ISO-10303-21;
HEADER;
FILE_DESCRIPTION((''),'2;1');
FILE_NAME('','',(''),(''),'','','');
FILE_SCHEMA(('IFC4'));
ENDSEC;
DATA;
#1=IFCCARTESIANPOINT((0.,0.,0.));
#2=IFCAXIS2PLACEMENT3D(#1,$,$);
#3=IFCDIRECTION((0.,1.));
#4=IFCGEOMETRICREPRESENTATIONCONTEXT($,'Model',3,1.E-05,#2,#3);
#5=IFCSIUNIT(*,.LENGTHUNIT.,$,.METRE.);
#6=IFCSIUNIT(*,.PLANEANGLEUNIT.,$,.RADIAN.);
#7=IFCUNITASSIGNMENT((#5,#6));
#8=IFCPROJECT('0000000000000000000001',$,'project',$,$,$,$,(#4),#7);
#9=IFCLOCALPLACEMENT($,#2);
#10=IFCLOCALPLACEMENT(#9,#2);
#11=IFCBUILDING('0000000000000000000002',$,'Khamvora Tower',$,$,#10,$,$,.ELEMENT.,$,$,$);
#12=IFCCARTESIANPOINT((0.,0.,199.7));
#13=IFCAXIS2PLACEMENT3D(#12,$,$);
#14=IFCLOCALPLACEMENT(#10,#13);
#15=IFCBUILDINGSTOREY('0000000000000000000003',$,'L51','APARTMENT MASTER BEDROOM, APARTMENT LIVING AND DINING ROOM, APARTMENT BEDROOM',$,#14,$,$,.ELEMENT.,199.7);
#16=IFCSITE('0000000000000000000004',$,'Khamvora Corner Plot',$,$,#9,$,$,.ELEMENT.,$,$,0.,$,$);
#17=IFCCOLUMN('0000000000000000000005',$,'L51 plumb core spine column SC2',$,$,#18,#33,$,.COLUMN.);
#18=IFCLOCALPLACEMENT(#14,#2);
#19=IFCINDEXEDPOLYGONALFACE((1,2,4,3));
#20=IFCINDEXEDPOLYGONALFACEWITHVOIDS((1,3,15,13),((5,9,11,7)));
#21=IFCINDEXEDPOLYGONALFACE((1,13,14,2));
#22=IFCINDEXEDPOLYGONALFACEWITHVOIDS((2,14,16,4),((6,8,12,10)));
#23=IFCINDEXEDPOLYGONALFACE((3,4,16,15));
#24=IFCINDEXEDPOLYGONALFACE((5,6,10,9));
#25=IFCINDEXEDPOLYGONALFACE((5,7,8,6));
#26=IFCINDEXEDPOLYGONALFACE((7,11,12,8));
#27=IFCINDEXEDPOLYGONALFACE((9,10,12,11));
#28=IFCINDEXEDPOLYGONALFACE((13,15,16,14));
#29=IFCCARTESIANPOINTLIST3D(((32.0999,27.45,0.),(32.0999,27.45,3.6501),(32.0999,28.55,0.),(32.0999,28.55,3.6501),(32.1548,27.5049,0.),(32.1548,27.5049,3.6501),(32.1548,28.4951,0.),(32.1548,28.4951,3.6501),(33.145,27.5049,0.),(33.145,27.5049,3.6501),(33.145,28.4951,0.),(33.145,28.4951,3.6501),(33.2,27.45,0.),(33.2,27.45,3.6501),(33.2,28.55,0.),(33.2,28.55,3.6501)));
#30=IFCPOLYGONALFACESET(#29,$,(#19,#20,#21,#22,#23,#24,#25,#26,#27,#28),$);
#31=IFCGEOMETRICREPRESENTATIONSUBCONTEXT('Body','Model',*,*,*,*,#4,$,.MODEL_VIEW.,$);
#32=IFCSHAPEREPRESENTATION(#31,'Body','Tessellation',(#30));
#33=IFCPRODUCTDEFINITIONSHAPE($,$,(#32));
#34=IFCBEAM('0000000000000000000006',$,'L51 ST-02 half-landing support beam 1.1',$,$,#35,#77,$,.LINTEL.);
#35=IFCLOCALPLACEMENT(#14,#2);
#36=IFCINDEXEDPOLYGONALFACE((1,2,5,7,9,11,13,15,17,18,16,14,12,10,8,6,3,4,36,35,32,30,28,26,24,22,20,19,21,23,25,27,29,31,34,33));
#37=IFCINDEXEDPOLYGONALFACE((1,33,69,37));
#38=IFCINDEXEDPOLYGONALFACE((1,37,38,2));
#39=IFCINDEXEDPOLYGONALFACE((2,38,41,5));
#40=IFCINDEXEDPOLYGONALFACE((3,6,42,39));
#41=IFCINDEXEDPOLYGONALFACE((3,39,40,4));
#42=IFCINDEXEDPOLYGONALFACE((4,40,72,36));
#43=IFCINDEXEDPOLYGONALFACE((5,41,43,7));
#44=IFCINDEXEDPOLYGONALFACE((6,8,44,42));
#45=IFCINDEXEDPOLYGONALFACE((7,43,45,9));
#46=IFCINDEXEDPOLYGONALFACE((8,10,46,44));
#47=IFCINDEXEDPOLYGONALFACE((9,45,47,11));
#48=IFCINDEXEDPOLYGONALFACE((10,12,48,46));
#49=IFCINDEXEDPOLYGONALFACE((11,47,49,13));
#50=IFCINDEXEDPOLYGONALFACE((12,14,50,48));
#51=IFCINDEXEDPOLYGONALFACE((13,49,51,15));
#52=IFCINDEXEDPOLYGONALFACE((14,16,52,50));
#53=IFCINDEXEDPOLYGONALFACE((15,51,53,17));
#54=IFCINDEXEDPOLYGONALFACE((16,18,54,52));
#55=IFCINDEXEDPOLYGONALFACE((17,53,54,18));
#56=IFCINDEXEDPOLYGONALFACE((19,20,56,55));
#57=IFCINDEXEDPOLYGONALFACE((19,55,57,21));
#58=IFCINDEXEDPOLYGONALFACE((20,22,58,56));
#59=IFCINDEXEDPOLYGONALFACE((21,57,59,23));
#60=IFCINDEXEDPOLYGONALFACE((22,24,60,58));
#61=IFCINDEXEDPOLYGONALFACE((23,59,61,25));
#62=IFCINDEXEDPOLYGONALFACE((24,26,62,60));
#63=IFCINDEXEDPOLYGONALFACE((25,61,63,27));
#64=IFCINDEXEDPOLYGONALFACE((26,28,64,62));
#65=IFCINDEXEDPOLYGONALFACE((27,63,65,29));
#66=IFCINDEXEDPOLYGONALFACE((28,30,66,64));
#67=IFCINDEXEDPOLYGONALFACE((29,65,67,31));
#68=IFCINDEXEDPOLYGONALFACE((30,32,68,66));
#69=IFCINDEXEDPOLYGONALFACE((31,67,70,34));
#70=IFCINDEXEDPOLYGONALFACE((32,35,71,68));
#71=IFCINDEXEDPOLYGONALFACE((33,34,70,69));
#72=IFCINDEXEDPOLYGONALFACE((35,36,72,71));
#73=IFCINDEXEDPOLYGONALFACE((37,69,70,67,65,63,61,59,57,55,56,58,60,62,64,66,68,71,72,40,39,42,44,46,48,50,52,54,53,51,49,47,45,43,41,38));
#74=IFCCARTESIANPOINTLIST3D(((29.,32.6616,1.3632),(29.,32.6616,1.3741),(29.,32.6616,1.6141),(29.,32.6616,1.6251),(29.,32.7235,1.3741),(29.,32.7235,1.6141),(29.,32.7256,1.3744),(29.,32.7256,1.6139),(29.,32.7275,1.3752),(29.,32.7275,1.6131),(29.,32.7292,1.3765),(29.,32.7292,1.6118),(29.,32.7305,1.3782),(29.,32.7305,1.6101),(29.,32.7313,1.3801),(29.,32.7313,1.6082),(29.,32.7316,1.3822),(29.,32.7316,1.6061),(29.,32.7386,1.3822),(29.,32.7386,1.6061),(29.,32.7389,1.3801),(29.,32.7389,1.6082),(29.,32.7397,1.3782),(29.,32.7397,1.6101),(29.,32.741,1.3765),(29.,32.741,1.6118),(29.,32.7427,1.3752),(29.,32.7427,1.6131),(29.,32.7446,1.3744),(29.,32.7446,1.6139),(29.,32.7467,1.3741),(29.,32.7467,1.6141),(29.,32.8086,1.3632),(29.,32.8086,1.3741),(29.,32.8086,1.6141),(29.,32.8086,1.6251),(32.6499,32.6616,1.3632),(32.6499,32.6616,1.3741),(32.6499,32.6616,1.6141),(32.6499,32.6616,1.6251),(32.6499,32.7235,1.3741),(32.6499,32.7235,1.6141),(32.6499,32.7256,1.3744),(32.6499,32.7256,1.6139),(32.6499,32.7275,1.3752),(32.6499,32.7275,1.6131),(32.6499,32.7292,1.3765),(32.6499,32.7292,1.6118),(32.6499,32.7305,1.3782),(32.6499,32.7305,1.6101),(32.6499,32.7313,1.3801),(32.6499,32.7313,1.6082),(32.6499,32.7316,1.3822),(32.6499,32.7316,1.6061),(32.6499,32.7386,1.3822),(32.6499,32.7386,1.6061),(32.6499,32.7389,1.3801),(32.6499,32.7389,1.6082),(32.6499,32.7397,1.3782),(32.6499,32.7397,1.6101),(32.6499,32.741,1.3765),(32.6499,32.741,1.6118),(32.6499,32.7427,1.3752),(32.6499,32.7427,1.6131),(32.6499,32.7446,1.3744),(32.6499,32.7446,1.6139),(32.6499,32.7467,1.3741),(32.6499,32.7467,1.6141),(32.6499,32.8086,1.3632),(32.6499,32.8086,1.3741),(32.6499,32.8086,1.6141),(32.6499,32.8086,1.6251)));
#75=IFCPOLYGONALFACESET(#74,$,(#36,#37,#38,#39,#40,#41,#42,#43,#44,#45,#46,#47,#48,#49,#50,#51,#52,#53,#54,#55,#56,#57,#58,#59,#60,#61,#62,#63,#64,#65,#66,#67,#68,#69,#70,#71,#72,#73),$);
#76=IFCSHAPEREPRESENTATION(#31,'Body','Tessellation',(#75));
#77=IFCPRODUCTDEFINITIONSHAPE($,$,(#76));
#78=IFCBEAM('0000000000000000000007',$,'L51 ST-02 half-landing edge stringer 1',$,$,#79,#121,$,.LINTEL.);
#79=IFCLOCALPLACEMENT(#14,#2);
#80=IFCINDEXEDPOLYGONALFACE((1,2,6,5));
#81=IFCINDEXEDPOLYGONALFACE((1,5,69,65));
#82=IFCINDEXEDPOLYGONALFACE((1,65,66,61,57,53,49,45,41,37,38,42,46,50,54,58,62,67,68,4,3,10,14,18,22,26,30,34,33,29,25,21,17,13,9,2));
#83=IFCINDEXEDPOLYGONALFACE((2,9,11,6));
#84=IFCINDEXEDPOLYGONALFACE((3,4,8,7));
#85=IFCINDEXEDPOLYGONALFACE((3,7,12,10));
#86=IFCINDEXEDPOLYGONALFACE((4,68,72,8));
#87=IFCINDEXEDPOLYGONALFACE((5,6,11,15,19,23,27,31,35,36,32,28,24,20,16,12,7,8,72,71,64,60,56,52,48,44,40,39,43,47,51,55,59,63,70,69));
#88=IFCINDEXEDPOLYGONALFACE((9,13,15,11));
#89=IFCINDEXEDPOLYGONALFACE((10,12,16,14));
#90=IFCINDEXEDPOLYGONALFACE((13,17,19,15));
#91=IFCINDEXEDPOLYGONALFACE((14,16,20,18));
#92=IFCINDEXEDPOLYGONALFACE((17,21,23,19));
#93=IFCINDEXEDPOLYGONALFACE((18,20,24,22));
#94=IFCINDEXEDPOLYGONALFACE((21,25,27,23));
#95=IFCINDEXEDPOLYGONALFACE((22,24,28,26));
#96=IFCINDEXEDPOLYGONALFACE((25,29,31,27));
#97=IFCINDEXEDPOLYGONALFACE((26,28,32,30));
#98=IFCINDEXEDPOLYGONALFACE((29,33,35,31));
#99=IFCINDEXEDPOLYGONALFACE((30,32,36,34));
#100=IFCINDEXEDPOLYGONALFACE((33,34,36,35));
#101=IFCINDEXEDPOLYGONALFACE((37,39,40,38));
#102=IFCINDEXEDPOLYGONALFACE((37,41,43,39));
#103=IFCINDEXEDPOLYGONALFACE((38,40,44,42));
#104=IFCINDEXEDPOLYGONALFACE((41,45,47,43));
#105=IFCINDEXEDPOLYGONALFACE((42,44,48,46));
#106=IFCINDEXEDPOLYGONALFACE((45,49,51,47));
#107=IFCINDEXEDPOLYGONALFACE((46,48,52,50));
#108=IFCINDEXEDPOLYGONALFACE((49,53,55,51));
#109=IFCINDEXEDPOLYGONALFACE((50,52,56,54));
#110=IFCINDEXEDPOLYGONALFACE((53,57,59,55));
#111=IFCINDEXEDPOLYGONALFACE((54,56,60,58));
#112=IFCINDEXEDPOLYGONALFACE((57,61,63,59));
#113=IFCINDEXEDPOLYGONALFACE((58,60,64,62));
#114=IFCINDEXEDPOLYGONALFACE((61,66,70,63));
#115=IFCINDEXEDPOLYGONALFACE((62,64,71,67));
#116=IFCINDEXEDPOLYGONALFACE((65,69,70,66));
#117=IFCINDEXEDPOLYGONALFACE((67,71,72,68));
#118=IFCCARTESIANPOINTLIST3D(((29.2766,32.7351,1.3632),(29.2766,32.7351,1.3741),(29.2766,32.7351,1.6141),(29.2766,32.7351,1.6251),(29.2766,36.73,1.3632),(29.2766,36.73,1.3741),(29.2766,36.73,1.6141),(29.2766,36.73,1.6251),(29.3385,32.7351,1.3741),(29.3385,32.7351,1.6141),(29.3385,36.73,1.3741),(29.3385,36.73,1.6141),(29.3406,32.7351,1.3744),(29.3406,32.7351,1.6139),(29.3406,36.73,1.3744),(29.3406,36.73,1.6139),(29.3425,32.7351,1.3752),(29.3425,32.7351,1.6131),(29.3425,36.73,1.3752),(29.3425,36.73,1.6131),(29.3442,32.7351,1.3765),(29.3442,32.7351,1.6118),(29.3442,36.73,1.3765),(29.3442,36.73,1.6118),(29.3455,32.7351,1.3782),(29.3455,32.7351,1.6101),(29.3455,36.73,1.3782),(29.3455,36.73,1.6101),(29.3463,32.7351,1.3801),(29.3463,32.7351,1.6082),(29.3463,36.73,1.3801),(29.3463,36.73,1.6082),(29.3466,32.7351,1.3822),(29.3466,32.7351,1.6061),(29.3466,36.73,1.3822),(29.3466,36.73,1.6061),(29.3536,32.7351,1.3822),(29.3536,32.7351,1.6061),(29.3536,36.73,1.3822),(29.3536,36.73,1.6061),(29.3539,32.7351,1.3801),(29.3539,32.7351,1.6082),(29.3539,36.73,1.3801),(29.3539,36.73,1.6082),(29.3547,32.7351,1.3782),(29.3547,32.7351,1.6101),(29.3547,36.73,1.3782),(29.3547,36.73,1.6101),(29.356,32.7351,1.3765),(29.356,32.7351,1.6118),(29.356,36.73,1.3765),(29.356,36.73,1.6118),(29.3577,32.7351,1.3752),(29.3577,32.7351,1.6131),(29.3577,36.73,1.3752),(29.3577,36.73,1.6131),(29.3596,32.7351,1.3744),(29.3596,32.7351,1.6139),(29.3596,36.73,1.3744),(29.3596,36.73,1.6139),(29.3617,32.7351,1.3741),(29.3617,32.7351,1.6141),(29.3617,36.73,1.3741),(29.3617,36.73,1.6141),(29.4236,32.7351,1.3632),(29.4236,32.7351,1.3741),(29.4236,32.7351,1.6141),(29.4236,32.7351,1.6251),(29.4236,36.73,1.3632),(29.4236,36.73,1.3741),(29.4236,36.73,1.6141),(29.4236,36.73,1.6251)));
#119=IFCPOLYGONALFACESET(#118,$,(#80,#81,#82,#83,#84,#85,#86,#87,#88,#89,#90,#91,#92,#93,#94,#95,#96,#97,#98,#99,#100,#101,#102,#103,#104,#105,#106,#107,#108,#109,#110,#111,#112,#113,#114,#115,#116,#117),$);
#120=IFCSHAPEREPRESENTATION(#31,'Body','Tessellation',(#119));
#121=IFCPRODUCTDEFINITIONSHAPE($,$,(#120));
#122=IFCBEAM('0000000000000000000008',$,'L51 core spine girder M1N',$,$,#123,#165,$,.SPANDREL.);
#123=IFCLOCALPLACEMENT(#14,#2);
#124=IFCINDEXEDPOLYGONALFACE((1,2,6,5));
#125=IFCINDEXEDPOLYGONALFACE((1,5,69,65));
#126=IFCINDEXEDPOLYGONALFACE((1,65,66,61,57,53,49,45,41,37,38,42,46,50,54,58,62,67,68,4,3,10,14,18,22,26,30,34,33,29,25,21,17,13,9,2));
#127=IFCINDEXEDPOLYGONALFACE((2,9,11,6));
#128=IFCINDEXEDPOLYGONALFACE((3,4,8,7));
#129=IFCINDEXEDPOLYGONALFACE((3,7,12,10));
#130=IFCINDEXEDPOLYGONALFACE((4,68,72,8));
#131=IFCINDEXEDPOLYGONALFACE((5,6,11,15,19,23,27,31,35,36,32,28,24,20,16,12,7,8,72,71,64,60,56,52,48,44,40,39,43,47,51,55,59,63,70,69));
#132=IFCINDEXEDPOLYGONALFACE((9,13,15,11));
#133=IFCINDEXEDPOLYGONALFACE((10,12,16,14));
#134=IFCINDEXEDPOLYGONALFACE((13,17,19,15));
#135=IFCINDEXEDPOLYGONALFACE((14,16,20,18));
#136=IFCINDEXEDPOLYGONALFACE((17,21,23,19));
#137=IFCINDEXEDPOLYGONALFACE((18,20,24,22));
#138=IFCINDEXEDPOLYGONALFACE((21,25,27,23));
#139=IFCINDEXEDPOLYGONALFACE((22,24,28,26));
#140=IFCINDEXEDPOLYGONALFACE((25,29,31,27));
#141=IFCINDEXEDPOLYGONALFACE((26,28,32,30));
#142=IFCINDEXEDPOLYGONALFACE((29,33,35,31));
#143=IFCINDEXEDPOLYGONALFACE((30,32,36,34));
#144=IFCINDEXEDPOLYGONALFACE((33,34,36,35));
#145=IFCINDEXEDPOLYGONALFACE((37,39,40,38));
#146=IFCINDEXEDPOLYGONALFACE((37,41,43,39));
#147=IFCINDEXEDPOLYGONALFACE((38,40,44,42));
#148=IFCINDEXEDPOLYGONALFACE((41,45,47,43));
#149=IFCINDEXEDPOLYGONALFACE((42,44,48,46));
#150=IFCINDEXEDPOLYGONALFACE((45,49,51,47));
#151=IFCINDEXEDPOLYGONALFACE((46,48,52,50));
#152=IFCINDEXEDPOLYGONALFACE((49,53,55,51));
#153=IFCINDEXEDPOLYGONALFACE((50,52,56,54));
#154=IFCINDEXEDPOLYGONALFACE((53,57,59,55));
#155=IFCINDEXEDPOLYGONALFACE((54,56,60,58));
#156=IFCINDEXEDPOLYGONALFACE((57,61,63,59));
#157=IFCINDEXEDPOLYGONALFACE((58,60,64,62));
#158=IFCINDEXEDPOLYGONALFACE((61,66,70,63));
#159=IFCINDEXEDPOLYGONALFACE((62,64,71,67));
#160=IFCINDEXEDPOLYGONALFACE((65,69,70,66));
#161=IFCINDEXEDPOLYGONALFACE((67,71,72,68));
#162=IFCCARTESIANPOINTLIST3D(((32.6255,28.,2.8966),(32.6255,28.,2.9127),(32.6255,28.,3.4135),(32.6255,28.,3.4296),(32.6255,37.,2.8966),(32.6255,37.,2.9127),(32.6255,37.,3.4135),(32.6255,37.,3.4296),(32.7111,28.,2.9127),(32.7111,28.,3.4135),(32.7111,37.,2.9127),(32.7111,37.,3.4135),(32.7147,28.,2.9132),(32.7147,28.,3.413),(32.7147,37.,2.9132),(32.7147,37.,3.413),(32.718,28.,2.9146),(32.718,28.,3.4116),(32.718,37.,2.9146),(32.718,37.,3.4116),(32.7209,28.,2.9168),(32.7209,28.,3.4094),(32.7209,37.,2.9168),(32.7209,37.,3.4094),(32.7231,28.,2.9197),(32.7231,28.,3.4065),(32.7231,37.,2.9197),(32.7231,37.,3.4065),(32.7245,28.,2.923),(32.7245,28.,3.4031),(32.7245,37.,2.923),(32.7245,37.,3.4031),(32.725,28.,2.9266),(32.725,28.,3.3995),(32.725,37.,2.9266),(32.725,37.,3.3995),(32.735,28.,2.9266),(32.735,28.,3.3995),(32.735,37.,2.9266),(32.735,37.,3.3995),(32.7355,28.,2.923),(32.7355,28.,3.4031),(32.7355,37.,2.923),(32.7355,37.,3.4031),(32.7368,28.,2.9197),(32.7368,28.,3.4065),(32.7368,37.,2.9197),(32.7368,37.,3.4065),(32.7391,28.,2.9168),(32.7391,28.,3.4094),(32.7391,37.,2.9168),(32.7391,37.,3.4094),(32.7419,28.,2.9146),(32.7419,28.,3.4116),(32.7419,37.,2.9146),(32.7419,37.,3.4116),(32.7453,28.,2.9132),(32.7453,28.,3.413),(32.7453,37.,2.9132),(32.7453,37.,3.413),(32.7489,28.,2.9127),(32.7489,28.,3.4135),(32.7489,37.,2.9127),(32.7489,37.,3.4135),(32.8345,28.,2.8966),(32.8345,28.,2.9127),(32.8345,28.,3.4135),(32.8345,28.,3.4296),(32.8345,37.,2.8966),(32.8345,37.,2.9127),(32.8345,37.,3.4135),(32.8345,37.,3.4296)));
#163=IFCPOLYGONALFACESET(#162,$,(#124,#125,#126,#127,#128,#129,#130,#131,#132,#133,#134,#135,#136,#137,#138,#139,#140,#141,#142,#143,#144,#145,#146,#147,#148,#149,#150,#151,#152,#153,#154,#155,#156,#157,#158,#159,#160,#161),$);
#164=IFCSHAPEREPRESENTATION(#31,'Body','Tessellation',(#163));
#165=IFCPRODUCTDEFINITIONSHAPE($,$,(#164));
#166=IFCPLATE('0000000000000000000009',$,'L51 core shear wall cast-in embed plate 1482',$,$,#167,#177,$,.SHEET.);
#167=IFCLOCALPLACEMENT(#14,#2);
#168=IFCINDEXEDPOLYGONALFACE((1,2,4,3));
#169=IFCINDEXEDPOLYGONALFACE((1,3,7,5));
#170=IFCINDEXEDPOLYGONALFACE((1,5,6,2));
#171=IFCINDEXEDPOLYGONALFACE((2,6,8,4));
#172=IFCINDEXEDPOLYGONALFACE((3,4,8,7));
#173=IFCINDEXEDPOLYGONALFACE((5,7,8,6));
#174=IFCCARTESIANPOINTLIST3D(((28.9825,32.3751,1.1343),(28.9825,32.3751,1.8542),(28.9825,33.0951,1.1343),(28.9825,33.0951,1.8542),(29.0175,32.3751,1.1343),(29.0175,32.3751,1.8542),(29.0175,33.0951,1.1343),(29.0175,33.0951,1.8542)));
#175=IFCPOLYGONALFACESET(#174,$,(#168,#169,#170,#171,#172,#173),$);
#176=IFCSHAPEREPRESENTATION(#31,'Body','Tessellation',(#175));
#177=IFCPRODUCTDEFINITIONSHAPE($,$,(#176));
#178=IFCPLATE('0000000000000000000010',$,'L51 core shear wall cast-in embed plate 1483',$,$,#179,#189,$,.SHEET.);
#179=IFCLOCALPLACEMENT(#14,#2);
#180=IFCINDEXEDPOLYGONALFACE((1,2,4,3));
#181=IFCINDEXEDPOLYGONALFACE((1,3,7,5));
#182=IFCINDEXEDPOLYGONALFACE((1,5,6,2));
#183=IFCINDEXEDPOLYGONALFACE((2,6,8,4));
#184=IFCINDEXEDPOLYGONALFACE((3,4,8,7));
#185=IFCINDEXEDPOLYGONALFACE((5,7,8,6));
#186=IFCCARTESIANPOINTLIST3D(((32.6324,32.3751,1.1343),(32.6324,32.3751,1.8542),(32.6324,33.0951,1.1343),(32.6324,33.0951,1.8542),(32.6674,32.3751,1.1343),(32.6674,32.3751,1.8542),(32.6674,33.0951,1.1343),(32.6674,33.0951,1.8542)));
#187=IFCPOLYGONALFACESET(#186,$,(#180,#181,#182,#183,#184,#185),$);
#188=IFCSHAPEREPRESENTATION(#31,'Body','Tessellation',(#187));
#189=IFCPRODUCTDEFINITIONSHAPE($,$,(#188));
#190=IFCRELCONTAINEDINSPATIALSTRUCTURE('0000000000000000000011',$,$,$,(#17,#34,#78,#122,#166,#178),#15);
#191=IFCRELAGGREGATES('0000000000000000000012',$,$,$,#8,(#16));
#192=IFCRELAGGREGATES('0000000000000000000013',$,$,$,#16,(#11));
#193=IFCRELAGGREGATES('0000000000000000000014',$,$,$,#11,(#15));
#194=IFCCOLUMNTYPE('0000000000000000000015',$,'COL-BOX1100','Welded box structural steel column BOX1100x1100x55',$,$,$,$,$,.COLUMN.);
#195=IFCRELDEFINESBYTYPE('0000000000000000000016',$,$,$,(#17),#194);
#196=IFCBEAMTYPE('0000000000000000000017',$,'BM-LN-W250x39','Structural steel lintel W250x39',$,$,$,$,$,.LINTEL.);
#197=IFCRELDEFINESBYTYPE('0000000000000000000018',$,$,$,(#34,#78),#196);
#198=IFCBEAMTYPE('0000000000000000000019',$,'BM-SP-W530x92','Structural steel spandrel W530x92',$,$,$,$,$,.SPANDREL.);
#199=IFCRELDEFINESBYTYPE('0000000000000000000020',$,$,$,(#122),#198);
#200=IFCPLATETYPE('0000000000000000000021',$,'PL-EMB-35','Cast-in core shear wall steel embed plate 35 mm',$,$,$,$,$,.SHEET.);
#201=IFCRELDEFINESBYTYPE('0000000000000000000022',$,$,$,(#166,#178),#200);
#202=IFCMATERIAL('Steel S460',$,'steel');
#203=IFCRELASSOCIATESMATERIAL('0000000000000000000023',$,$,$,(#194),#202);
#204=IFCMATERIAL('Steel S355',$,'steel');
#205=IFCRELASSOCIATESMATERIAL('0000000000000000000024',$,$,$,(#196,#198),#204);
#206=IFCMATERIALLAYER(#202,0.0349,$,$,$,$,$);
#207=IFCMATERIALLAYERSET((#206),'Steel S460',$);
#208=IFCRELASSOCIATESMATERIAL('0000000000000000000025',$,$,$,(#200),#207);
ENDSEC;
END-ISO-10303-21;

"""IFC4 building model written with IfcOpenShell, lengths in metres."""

from ifc_helpers import new_model, si_unit, direction, frame, origin, origin_2d, place, context, subcontext, project, spatial, rectangle, hollow_rectangle, i_section, extrude, material, layer, layer_set, material_profile, profile_set, type_object, element, save


model = new_model("IFC4")

# Units and contexts
model_context = context("Model", 3, precision=1e-05, world=origin(), true_north=direction((0.0, 1.0)))
body_context = subcontext(model_context, "Body", "Model", "MODEL_VIEW")
ifc_project = project(units=[si_unit("LENGTHUNIT", "METRE"), si_unit("PLANEANGLEUNIT", "RADIAN")], contexts=[model_context])

# Site, building, storey
site_placement = place(None, origin())
site = spatial("IfcSite", under=ifc_project, at=site_placement, Name="Khamvora Corner Plot", CompositionType="ELEMENT", RefElevation=0.0)
building_placement = place(site_placement, origin())
building = spatial("IfcBuilding", under=site, at=building_placement, Name="Khamvora Tower", CompositionType="ELEMENT")
storey_placement = place(building_placement, frame((0.0, 0.0, 199.7)))
storey = spatial("IfcBuildingStorey", under=building, at=storey_placement, Name="L51", Description="APARTMENT MASTER BEDROOM, APARTMENT LIVING AND DINING ROOM, APARTMENT BEDROOM", CompositionType="ELEMENT", Elevation=199.7)

# Column
ifc_material_1 = material(Name="Steel S460", Category="steel")
ifc_material_profile_1 = material_profile(ifc_material_1, hollow_rectangle(XDim=1.1001, YDim=1.1001, WallThickness=0.0549, at=origin_2d()), Name="BOX1100x1100x55")
ifc_profile_set_1 = profile_set([ifc_material_profile_1], Name="Steel S460")
column_type = type_object("IfcColumnType", Name="COL-BOX1100", Description="Welded box structural steel column BOX1100x1100x55", PredefinedType="COLUMN", material=ifc_profile_set_1)
column_placement = place(storey_placement, frame((32.6499, 28.0, 0.0), z_axis=(0.0, 0.0, 1.0), x_axis=(1.0, 0.0, 0.0)))
element("IfcColumn", 1, at=column_placement, inside=storey, type_object=column_type, Name="L51 plumb core spine column SC2", PredefinedType="COLUMN", context=body_context, shape_type="SweptSolid", body=[
    extrude(hollow_rectangle(XDim=1.1001, YDim=1.1001, WallThickness=0.0549, at=origin_2d()), origin(), (0.0, 0.0, 1.0), 3.6501),
])

# Beams
ifc_material_2 = material(Name="Steel S355", Category="steel")
ifc_material_profile_2 = material_profile(ifc_material_2, i_section(OverallWidth=0.147, OverallDepth=0.262, WebThickness=0.0071, FlangeThickness=0.011, FilletRadius=0.0081, at=origin_2d()), Name="W250x39")
ifc_profile_set_2 = profile_set([ifc_material_profile_2], Name="Steel S355")
beam_type_1 = type_object("IfcBeamType", Name="BM-LN-W250x39", Description="Structural steel lintel W250x39", PredefinedType="LINTEL", material=ifc_profile_set_2)
beam_1_placement = place(storey_placement, frame((29.0, 32.7351, 1.4941), z_axis=(1.0, 0.0, 0.0), x_axis=(0.0, 1.0, 0.0)))
element("IfcBeam", 2, at=beam_1_placement, inside=storey, type_object=beam_type_1, Name="L51 ST-02 half-landing support beam 1.1", PredefinedType="LINTEL", context=body_context, shape_type="SweptSolid", body=[
    extrude(i_section(OverallWidth=0.147, OverallDepth=0.262, WebThickness=0.0071, FlangeThickness=0.011, FilletRadius=0.0081, at=origin_2d()), origin(), (0.0, 0.0, 1.0), 3.6499),
])
beam_2_placement = place(storey_placement, frame((29.3501, 32.7351, 1.4941), z_axis=(0.0, 1.0, 0.0), x_axis=(-1.0, 0.0, 0.0)))
element("IfcBeam", 3, at=beam_2_placement, inside=storey, type_object=beam_type_1, Name="L51 ST-02 half-landing edge stringer 1", PredefinedType="LINTEL", context=body_context, shape_type="SweptSolid", body=[
    extrude(i_section(OverallWidth=0.147, OverallDepth=0.262, WebThickness=0.0071, FlangeThickness=0.011, FilletRadius=0.0081, at=origin_2d()), origin(), (0.0, 0.0, 1.0), 3.9949),
])
ifc_material_profile_3 = material_profile(ifc_material_2, i_section(OverallWidth=0.209, OverallDepth=0.533, WebThickness=0.01, FlangeThickness=0.0161, FilletRadius=0.0139, at=origin_2d()), Name="W530x92")
ifc_profile_set_3 = profile_set([ifc_material_profile_3], Name="Steel S355")
beam_type_2 = type_object("IfcBeamType", Name="BM-SP-W530x92", Description="Structural steel spandrel W530x92", PredefinedType="SPANDREL", material=ifc_profile_set_3)
beam_3_placement = place(storey_placement, frame((32.73, 28.0, 3.1631), z_axis=(0.0, 1.0, 0.0), x_axis=(-1.0, 0.0, 0.0)))
element("IfcBeam", 4, at=beam_3_placement, inside=storey, type_object=beam_type_2, Name="L51 core spine girder M1N", PredefinedType="SPANDREL", context=body_context, shape_type="SweptSolid", body=[
    extrude(i_section(OverallWidth=0.209, OverallDepth=0.533, WebThickness=0.01, FlangeThickness=0.0161, FilletRadius=0.0139, at=origin_2d()), origin(), (0.0, 0.0, 1.0), 9.0),
])

# Plates
ifc_layer_1 = layer(ifc_material_1, 0.0349)
ifc_layer_set_1 = layer_set([ifc_layer_1], Name="Steel S460")
plate_type = type_object("IfcPlateType", Name="PL-EMB-35", Description="Cast-in core shear wall steel embed plate 35 mm", PredefinedType="SHEET", material=ifc_layer_set_1)
for number, where, z_axis, x_axis, name in (
    (5, (29.0, 32.7351, 1.1343), (0.0, 0.0, 1.0), (1.0, 0.0, 0.0), "L51 core shear wall cast-in embed plate 1482"),
    (6, (32.6499, 32.7351, 1.1343), (0.0, 0.0, 1.0), (1.0, 0.0, 0.0), "L51 core shear wall cast-in embed plate 1483"),
):
    element("IfcPlate", number, at=place(storey_placement, frame(where, z_axis=z_axis, x_axis=x_axis)), inside=storey, type_object=plate_type, Name=name, PredefinedType="SHEET", context=body_context, shape_type="SweptSolid", body=[
        extrude(rectangle(XDim=0.0349, YDim=0.72, at=origin_2d()), origin(), (0.0, 0.0, 1.0), 0.72),
    ])

save(model, "model.ifc")
